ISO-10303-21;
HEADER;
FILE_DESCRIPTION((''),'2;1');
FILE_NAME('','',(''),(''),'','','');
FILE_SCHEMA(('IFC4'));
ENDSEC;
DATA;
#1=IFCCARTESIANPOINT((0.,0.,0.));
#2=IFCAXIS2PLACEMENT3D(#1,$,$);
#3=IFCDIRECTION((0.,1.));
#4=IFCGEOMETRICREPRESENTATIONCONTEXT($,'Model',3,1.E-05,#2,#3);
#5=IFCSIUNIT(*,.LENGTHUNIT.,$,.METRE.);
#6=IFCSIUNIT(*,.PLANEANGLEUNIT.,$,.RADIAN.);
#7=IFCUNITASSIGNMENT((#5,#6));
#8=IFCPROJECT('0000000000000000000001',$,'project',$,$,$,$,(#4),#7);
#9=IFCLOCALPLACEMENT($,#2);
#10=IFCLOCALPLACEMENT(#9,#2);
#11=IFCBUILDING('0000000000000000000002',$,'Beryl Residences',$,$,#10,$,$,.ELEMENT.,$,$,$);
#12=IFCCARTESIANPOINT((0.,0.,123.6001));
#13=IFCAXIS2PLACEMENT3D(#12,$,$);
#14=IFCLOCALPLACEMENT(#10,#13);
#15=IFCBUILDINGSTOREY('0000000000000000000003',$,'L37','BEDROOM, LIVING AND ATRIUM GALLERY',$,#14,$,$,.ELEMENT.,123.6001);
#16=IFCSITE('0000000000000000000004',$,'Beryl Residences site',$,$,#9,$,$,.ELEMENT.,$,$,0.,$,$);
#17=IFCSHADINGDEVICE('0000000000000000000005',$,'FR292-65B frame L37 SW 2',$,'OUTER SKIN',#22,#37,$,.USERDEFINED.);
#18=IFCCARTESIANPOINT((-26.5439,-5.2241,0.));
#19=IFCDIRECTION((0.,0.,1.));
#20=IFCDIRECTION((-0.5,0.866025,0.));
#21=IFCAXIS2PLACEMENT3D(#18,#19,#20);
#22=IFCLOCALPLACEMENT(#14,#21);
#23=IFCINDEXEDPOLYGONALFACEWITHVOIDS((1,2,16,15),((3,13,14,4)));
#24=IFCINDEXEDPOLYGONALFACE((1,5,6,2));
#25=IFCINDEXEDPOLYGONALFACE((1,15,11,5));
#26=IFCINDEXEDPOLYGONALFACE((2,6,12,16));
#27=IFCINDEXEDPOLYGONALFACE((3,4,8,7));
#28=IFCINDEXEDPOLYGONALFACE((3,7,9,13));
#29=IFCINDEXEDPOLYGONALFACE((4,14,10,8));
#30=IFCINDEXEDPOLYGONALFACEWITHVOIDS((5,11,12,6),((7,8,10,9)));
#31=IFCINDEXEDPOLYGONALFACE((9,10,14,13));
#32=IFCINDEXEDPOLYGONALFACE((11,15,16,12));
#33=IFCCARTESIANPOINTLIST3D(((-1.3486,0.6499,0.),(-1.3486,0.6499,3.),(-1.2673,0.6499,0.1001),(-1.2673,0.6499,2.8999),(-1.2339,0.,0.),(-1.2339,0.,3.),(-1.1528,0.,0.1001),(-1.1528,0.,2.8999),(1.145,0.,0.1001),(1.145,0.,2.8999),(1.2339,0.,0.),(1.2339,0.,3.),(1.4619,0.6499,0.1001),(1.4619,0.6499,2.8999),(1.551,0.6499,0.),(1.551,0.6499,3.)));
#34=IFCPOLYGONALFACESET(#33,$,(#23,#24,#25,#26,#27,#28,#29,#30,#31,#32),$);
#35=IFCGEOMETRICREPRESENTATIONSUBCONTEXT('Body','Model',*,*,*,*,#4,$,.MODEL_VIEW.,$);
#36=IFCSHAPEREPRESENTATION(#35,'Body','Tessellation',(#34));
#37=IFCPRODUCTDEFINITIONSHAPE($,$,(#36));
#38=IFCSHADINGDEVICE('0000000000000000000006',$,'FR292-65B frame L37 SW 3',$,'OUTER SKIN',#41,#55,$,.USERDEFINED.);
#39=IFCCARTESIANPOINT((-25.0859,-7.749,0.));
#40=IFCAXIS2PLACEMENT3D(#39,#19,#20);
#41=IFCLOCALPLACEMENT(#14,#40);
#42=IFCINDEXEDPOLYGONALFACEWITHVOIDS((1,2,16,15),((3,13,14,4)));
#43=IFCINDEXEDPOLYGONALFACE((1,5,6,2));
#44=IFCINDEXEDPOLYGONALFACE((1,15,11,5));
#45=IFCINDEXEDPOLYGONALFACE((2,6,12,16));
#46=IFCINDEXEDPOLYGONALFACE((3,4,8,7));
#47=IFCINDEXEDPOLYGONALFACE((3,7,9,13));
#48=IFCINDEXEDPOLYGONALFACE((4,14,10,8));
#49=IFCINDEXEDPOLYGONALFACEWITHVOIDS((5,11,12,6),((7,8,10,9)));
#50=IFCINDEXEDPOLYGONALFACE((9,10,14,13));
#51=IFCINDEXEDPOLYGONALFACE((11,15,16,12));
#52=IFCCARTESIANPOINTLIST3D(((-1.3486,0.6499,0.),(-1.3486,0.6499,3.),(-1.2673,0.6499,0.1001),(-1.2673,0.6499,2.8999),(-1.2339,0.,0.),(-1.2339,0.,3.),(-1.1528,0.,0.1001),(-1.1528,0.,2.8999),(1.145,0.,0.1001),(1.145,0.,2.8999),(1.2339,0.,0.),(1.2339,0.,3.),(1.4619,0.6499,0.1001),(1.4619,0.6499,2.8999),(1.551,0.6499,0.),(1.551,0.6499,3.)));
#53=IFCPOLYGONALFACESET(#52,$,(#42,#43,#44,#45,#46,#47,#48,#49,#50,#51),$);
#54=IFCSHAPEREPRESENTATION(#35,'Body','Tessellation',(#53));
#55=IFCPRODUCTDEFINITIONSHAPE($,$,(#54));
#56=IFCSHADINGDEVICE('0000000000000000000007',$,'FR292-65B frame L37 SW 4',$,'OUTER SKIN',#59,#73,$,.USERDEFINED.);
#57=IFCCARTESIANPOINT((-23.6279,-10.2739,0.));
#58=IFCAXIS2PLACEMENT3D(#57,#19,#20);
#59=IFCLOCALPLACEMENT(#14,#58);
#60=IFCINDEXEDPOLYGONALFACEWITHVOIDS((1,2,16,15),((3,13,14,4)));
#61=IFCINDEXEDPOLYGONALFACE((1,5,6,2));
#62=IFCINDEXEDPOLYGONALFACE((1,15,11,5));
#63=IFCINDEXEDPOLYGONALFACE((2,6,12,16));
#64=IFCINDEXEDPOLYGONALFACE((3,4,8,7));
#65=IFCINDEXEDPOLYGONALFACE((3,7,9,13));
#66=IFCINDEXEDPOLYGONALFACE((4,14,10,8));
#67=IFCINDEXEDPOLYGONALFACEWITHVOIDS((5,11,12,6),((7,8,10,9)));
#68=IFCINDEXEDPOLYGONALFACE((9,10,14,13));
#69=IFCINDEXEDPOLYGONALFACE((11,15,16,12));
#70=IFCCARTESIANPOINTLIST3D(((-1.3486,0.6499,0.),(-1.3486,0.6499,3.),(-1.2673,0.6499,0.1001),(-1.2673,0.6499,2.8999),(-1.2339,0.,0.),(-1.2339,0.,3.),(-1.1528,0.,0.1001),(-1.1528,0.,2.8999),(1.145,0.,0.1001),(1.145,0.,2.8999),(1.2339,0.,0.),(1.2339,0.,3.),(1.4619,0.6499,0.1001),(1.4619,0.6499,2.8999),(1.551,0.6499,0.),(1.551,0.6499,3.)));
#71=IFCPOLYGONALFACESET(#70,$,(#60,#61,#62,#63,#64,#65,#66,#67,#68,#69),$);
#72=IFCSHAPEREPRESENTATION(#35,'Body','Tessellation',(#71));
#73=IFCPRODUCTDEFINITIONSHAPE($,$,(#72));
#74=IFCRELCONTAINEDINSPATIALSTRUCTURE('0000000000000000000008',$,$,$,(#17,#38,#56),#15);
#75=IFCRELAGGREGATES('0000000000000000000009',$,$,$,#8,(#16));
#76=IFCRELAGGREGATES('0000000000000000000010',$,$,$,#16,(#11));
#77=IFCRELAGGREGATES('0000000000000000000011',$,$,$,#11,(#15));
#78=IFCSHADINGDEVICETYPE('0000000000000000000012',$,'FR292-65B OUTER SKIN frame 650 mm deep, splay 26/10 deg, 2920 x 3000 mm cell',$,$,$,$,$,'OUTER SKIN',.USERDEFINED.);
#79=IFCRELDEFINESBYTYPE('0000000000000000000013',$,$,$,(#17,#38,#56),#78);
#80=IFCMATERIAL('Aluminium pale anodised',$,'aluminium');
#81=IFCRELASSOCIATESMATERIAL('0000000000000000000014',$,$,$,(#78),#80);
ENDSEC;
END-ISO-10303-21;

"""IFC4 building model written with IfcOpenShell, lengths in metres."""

from ifc_helpers import new_model, entity, si_unit, direction, frame, origin, place, context, subcontext, project, spatial, source, transform, mapped, material, type_object, type_shapes, element, save


model = new_model("IFC4")

# Units and contexts
model_context = context("Model", 3, precision=1e-05, world=origin(), true_north=direction((0.0, 1.0)))
body_context = subcontext(model_context, "Body", "Model", "MODEL_VIEW")
ifc_project = project(units=[si_unit("LENGTHUNIT", "METRE"), si_unit("PLANEANGLEUNIT", "RADIAN")], contexts=[model_context])

# Site, building, storey
site_placement = place(None, origin())
site = spatial("IfcSite", under=ifc_project, at=site_placement, Name="Beryl Residences site", CompositionType="ELEMENT", RefElevation=0.0)
building_placement = place(site_placement, origin())
building = spatial("IfcBuilding", under=site, at=building_placement, Name="Beryl Residences", CompositionType="ELEMENT")
storey_placement = place(building_placement, frame((0.0, 0.0, 123.6001)))
storey = spatial("IfcBuildingStorey", under=building, at=storey_placement, Name="L37", Description="BEDROOM, LIVING AND ATRIUM GALLERY", CompositionType="ELEMENT", Elevation=123.6001)

# Shading devices
ifc_material_1 = material(Name="Aluminium pale anodised", Category="aluminium")
shading_device_type = type_object("IfcShadingDeviceType", Name="FR292-65B OUTER SKIN frame 650 mm deep, splay 26/10 deg, 2920 x 3000 mm cell", ElementType="OUTER SKIN", PredefinedType="USERDEFINED", material=ifc_material_1)
cartesian_point_1 = entity("IfcCartesianPoint", [-1.2339, 0.0])
cartesian_point_2 = entity("IfcCartesianPoint", [-1.145, 0.1001])
cartesian_point_3 = entity("IfcCartesianPoint", [-1.551, 0.0])
cartesian_point_4 = entity("IfcCartesianPoint", [-1.4619, 0.1001])
shared_shape = source(origin(), body_context, "Body", "SweptSolid", [
    entity("IfcExtrudedAreaSolidTapered", entity("IfcArbitraryProfileDefWithVoids", "AREA", None, entity("IfcPolyline", [cartesian_point_1, entity("IfcCartesianPoint", [1.2339, 0.0]), entity("IfcCartesianPoint", [1.2339, 3.0]), entity("IfcCartesianPoint", [-1.2339, 3.0]), cartesian_point_1]), [entity("IfcPolyline", [cartesian_point_2, entity("IfcCartesianPoint", [1.1528, 0.1001]), entity("IfcCartesianPoint", [1.1528, 2.8999]), entity("IfcCartesianPoint", [-1.145, 2.8999]), cartesian_point_2])]), entity("IfcAxis2Placement3D", entity("IfcCartesianPoint", [0.0, 0.0, 0.0]), entity("IfcDirection", [0.0, 1.0, 0.0]), entity("IfcDirection", [-1.0, 0.0, 0.0])), entity("IfcDirection", [0.0, 0.0, 1.0]), 0.6499, entity("IfcArbitraryProfileDefWithVoids", "AREA", None, entity("IfcPolyline", [cartesian_point_3, entity("IfcCartesianPoint", [1.3486, 0.0]), entity("IfcCartesianPoint", [1.3486, 3.0]), entity("IfcCartesianPoint", [-1.551, 3.0]), cartesian_point_3]), [entity("IfcPolyline", [cartesian_point_4, entity("IfcCartesianPoint", [1.2673, 0.1001]), entity("IfcCartesianPoint", [1.2673, 2.8999]), entity("IfcCartesianPoint", [-1.4619, 2.8999]), cartesian_point_4])])),
])
type_shapes(shading_device_type, [shared_shape])
for number, where, z_axis, x_axis, name in (
    (1, (-26.5439, -5.2241, 0.0), (0.0, 0.0, 1.0), (-0.5, 0.866025, 0.0), "FR292-65B frame L37 SW 2"),
    (2, (-25.0859, -7.749, 0.0), (0.0, 0.0, 1.0), (-0.5, 0.866025, 0.0), "FR292-65B frame L37 SW 3"),
    (3, (-23.6279, -10.2739, 0.0), (0.0, 0.0, 1.0), (-0.5, 0.866025, 0.0), "FR292-65B frame L37 SW 4"),
):
    element("IfcShadingDevice", number, at=place(storey_placement, frame(where, z_axis=z_axis, x_axis=x_axis)), inside=storey, type_object=shading_device_type, Name=name, ObjectType="OUTER SKIN", PredefinedType="USERDEFINED", context=body_context, shape_type="MappedRepresentation", body=[
        mapped(shared_shape, transform((0.0, 0.0, 0.0))),
    ])

save(model, "model.ifc")
